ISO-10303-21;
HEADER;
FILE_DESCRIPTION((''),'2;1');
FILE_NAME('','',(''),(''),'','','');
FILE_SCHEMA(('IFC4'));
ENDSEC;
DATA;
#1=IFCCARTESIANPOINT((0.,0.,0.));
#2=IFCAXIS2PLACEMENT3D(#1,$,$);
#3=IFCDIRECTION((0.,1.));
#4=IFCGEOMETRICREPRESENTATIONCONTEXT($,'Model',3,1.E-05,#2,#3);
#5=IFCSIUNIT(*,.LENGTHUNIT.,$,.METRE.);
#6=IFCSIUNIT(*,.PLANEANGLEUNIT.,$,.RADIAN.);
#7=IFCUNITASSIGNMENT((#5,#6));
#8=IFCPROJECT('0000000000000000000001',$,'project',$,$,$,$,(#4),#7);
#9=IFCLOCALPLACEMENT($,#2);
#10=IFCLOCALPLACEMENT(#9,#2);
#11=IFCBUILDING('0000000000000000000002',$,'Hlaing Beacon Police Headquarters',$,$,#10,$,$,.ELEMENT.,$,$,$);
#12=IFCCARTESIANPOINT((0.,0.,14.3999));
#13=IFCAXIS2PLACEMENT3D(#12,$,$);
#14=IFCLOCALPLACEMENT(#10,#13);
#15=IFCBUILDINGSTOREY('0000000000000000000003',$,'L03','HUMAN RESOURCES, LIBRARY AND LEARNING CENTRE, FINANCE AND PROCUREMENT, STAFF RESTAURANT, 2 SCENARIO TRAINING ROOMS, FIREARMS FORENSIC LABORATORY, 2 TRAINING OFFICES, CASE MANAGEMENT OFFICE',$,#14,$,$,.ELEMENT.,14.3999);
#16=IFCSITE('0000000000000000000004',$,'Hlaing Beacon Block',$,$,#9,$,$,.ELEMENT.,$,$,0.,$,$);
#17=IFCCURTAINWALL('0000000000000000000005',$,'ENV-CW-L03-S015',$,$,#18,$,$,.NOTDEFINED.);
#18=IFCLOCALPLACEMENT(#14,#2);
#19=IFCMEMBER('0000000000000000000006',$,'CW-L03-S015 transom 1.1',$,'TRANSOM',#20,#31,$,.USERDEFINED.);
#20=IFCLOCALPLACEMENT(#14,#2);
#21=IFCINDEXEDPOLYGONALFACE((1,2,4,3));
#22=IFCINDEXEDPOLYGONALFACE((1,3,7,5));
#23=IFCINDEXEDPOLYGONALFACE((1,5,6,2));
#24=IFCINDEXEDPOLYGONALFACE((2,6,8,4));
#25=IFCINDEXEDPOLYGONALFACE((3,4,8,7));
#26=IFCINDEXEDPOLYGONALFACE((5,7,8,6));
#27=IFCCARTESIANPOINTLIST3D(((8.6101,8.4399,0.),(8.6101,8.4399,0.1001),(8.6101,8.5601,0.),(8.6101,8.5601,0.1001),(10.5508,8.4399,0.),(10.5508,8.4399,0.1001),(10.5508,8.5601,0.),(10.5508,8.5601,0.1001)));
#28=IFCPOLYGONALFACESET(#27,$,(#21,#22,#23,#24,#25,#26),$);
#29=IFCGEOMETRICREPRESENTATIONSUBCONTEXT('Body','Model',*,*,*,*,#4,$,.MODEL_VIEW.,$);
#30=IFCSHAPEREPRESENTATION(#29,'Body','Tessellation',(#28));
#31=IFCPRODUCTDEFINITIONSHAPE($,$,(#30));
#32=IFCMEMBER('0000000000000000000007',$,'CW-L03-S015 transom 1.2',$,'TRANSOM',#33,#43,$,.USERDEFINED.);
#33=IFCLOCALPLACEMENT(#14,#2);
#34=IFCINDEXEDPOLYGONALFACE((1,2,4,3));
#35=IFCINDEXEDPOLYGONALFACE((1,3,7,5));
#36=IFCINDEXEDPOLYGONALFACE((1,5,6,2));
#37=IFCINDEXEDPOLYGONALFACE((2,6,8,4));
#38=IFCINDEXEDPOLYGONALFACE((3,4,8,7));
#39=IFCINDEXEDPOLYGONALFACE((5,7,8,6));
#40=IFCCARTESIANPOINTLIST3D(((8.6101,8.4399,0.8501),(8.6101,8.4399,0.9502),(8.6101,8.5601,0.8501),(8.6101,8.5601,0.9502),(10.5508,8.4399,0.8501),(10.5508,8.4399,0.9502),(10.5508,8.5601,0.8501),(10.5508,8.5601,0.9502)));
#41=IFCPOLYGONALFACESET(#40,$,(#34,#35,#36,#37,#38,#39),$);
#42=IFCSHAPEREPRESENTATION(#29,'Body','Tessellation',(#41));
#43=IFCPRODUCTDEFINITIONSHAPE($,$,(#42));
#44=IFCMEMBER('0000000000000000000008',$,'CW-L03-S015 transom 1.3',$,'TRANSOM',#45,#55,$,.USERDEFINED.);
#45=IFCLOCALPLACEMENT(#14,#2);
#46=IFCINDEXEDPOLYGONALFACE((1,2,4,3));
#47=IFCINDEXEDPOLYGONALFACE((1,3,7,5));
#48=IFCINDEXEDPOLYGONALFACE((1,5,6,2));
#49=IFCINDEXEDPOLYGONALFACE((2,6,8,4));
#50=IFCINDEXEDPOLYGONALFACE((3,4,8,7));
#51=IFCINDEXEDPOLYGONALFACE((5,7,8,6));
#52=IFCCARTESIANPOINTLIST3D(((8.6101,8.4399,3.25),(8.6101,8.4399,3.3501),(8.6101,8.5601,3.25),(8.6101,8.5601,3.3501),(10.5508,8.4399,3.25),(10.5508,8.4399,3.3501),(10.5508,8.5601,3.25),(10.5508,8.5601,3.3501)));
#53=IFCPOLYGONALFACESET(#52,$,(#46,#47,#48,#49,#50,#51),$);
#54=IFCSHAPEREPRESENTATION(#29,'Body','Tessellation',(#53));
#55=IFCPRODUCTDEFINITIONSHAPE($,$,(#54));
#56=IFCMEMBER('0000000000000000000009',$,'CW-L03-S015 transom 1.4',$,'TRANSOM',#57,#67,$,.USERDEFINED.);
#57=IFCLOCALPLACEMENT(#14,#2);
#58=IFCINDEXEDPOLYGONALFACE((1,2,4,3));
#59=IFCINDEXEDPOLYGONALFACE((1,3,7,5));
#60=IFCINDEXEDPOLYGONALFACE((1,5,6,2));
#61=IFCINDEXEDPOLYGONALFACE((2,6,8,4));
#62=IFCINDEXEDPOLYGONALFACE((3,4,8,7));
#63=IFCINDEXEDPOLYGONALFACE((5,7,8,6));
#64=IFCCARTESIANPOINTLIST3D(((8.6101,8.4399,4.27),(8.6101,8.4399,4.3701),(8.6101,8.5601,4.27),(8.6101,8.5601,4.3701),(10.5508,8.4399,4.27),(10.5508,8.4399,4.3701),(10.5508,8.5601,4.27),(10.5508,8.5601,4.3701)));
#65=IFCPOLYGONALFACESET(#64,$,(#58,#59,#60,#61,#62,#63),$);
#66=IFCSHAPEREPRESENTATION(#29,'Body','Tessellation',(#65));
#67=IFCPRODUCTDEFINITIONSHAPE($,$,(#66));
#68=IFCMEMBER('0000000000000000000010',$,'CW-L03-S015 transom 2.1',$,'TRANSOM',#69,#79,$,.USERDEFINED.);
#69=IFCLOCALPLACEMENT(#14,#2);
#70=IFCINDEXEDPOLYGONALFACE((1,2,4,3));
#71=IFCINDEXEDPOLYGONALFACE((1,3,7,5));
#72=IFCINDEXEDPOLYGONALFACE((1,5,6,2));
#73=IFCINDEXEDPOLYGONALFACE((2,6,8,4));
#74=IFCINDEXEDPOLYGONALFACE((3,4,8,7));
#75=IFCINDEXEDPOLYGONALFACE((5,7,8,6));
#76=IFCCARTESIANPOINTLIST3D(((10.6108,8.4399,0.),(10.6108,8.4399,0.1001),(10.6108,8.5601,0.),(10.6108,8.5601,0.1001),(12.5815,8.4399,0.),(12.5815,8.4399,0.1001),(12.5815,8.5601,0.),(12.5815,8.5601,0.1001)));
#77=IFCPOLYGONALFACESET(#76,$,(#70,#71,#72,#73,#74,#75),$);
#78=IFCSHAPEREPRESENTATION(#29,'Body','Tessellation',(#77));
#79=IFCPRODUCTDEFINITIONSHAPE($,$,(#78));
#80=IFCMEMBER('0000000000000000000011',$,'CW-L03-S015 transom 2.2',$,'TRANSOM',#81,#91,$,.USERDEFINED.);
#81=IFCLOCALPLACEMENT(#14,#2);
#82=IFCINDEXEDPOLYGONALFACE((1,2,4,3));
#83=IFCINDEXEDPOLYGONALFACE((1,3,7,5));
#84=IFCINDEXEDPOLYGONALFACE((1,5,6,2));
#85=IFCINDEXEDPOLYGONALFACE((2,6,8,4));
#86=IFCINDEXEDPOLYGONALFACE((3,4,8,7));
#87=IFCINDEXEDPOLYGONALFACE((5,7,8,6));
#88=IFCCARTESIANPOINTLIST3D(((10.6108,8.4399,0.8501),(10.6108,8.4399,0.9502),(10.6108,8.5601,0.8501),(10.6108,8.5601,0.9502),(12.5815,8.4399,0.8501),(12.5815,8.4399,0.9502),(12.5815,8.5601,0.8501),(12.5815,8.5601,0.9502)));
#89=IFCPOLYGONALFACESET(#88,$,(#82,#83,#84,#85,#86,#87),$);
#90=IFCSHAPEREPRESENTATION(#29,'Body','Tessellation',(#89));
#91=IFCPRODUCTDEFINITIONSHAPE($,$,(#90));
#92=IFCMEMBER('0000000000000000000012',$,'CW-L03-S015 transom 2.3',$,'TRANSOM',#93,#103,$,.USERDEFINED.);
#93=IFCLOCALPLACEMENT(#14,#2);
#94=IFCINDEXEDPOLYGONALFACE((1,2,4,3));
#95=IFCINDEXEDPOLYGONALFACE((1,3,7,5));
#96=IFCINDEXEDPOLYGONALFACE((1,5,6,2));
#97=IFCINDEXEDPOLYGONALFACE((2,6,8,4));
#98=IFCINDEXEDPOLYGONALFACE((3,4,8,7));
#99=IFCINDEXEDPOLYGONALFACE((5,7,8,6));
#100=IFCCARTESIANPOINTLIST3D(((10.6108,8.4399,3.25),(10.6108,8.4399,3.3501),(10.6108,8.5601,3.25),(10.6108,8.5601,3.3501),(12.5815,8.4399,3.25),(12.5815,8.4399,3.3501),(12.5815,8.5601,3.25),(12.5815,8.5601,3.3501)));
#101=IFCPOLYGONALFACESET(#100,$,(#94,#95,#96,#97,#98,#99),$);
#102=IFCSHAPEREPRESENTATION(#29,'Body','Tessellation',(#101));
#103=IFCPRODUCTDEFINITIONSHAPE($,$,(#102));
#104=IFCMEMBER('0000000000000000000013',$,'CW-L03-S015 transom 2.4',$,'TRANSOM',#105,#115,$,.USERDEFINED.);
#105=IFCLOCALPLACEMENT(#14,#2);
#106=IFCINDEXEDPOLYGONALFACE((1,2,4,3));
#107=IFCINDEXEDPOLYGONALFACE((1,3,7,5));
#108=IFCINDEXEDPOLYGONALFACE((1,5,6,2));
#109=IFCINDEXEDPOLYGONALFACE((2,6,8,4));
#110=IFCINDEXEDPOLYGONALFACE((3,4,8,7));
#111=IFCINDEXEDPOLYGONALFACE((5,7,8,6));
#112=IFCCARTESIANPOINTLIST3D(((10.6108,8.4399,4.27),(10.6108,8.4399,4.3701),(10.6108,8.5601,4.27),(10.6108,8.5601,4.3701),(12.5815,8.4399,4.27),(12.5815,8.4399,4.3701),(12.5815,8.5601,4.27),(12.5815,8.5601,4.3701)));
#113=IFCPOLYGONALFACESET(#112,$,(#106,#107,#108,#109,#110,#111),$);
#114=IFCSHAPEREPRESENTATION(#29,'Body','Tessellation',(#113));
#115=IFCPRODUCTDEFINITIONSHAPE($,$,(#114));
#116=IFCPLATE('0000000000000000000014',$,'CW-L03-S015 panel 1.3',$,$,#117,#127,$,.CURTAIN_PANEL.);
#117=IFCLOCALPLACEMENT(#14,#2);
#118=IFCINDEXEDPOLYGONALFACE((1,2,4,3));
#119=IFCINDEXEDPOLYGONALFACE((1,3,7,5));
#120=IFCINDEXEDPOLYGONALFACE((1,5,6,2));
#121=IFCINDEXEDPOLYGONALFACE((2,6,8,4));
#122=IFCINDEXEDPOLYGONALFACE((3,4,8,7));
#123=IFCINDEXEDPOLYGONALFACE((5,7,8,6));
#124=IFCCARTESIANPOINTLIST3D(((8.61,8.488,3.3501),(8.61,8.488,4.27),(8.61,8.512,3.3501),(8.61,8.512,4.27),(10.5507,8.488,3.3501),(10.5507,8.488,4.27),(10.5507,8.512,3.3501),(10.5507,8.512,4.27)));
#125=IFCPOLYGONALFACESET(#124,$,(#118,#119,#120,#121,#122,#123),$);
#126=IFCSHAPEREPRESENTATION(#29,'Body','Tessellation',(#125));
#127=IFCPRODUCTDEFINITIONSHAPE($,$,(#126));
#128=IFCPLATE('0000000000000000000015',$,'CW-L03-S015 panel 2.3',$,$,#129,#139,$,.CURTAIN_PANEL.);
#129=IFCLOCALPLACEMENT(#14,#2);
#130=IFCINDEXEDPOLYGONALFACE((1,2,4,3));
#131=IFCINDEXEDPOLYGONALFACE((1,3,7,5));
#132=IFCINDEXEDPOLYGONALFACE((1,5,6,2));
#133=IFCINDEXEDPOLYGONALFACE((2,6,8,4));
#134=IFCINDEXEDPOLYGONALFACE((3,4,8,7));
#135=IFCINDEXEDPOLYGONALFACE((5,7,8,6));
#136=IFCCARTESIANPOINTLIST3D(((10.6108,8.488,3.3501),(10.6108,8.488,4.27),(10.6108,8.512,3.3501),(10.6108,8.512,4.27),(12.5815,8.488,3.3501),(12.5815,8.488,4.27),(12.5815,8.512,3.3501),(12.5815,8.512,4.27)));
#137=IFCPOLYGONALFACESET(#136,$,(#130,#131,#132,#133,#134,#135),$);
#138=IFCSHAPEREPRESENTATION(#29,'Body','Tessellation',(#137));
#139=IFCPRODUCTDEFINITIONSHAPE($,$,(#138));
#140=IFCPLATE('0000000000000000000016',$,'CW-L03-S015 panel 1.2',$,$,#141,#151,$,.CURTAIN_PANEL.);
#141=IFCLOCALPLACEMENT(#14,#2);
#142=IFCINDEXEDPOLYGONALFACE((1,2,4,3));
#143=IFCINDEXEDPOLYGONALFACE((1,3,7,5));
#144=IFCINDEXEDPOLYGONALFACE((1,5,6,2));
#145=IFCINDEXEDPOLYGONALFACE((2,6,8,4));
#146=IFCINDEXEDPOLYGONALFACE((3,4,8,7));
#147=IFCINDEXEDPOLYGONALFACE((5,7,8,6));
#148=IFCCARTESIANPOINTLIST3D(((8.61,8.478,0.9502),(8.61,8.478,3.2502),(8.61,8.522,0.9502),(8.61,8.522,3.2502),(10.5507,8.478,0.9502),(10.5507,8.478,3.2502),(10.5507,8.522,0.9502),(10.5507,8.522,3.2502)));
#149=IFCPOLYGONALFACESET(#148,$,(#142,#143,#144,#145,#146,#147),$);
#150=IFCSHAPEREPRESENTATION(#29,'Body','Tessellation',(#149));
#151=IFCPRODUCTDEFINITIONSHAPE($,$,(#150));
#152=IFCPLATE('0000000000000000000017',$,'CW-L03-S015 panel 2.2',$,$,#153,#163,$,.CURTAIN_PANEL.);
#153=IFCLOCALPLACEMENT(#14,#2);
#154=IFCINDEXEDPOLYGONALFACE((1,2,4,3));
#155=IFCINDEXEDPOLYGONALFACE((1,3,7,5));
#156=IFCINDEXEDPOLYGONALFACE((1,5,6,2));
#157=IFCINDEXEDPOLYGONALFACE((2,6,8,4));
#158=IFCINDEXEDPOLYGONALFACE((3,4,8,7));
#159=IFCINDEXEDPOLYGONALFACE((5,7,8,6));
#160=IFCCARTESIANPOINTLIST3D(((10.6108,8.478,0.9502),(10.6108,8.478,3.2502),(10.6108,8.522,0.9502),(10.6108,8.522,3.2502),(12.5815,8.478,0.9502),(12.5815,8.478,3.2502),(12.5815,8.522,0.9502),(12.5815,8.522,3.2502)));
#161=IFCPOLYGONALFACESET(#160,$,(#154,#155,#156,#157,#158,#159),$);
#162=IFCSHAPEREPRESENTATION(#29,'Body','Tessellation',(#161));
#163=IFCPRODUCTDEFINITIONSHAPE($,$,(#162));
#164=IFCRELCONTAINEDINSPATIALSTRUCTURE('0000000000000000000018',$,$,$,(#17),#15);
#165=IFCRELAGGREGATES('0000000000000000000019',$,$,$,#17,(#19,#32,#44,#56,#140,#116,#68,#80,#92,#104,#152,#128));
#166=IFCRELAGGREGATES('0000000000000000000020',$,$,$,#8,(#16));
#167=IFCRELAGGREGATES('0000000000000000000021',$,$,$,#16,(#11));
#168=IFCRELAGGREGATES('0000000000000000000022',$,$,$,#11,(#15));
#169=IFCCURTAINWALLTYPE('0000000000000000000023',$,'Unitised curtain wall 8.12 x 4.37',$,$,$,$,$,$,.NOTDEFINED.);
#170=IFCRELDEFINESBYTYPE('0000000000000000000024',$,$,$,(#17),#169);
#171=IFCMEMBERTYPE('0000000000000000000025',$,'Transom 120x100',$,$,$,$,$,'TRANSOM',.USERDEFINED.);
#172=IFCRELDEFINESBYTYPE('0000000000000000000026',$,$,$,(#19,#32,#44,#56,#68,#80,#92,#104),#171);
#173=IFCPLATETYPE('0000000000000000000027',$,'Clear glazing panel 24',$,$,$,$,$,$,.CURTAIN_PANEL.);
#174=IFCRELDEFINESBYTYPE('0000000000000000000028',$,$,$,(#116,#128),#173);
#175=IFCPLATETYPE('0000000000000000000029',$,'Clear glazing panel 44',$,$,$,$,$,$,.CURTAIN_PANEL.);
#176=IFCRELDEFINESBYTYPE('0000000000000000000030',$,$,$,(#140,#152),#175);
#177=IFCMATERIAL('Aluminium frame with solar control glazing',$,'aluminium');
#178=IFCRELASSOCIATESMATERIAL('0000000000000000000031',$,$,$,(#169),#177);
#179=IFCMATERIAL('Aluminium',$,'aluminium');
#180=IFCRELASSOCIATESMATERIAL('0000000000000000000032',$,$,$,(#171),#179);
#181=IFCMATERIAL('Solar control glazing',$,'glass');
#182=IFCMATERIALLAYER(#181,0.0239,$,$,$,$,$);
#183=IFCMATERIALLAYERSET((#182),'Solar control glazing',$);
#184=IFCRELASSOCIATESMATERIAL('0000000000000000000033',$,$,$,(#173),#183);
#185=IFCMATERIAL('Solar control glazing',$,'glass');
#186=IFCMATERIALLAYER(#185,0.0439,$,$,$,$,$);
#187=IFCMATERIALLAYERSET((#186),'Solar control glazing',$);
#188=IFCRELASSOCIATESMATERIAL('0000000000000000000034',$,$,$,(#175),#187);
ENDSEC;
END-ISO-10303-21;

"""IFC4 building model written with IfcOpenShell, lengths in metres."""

from ifc_helpers import new_model, si_unit, direction, frame, origin, origin_2d, place, context, subcontext, project, spatial, rectangle, extrude, material, layer, layer_set, material_profile, profile_set, type_object, element, aggregate, save


model = new_model("IFC4")

# Units and contexts
model_context = context("Model", 3, precision=1e-05, world=origin(), true_north=direction((0.0, 1.0)))
body_context = subcontext(model_context, "Body", "Model", "MODEL_VIEW")
ifc_project = project(units=[si_unit("LENGTHUNIT", "METRE"), si_unit("PLANEANGLEUNIT", "RADIAN")], contexts=[model_context])

# Site, building, storey
site_placement = place(None, origin())
site = spatial("IfcSite", under=ifc_project, at=site_placement, Name="Hlaing Beacon Block", CompositionType="ELEMENT", RefElevation=0.0)
building_placement = place(site_placement, origin())
building = spatial("IfcBuilding", under=site, at=building_placement, Name="Hlaing Beacon Police Headquarters", CompositionType="ELEMENT")
storey_placement = place(building_placement, frame((0.0, 0.0, 14.3999)))
storey = spatial("IfcBuildingStorey", under=building, at=storey_placement, Name="L03", Description="HUMAN RESOURCES, LIBRARY AND LEARNING CENTRE, FINANCE AND PROCUREMENT, STAFF RESTAURANT, 2 SCENARIO TRAINING ROOMS, FIREARMS FORENSIC LABORATORY, 2 TRAINING OFFICES, CASE MANAGEMENT OFFICE", CompositionType="ELEMENT", Elevation=14.3999)

# Curtain wall
ifc_material_1 = material(Name="Aluminium frame with solar control glazing", Category="aluminium")
curtain_wall_type = type_object("IfcCurtainWallType", Name="Unitised curtain wall 8.12 x 4.37", PredefinedType="NOTDEFINED", material=ifc_material_1)
curtain_wall_placement = place(storey_placement, origin())
curtain_wall = element("IfcCurtainWall", 1, at=curtain_wall_placement, inside=storey, type_object=curtain_wall_type, Name="ENV-CW-L03-S015", PredefinedType="NOTDEFINED")

# Members
ifc_material_2 = material(Name="Aluminium", Category="aluminium")
ifc_material_profile_1 = material_profile(ifc_material_2, rectangle(XDim=0.1201, YDim=0.1001, at=origin_2d()), Name="Transom 120x100")
ifc_profile_set_1 = profile_set([ifc_material_profile_1], Name="Aluminium")
member_type_1 = type_object("IfcMemberType", Name="Transom 120x100", ElementType="TRANSOM", PredefinedType="USERDEFINED", material=ifc_profile_set_1)
member_1_placement = place(storey_placement, frame((8.6101, 8.5, 0.05), z_axis=(1.0, 0.0, 0.0), x_axis=(0.0, 1.0, 0.0)))
member_1 = element("IfcMember", 2, at=member_1_placement, type_object=member_type_1, Name="CW-L03-S015 transom 1.1", ObjectType="TRANSOM", PredefinedType="USERDEFINED", context=body_context, shape_type="SweptSolid", body=[
    extrude(rectangle(XDim=0.1201, YDim=0.1001, at=origin_2d()), origin(), (0.0, 0.0, 1.0), 1.9407),
])
member_2_placement = place(storey_placement, frame((8.6101, 8.5, 0.9001), z_axis=(1.0, 0.0, 0.0), x_axis=(0.0, 1.0, 0.0)))
member_2 = element("IfcMember", 3, at=member_2_placement, type_object=member_type_1, Name="CW-L03-S015 transom 1.2", ObjectType="TRANSOM", PredefinedType="USERDEFINED", context=body_context, shape_type="SweptSolid", body=[
    extrude(rectangle(XDim=0.1201, YDim=0.1001, at=origin_2d()), origin(), (0.0, 0.0, 1.0), 1.9407),
])
member_3_placement = place(storey_placement, frame((8.6101, 8.5, 3.3), z_axis=(1.0, 0.0, 0.0), x_axis=(0.0, 1.0, 0.0)))
member_3 = element("IfcMember", 4, at=member_3_placement, type_object=member_type_1, Name="CW-L03-S015 transom 1.3", ObjectType="TRANSOM", PredefinedType="USERDEFINED", context=body_context, shape_type="SweptSolid", body=[
    extrude(rectangle(XDim=0.1201, YDim=0.1001, at=origin_2d()), origin(), (0.0, 0.0, 1.0), 1.9407),
])
member_4_placement = place(storey_placement, frame((8.6101, 8.5, 4.3201), z_axis=(1.0, 0.0, 0.0), x_axis=(0.0, 1.0, 0.0)))
member_4 = element("IfcMember", 5, at=member_4_placement, type_object=member_type_1, Name="CW-L03-S015 transom 1.4", ObjectType="TRANSOM", PredefinedType="USERDEFINED", context=body_context, shape_type="SweptSolid", body=[
    extrude(rectangle(XDim=0.1201, YDim=0.1001, at=origin_2d()), origin(), (0.0, 0.0, 1.0), 1.9407),
])
member_5_placement = place(storey_placement, frame((10.6108, 8.5, 0.05), z_axis=(1.0, 0.0, 0.0), x_axis=(0.0, 1.0, 0.0)))
member_5 = element("IfcMember", 6, at=member_5_placement, type_object=member_type_1, Name="CW-L03-S015 transom 2.1", ObjectType="TRANSOM", PredefinedType="USERDEFINED", context=body_context, shape_type="SweptSolid", body=[
    extrude(rectangle(XDim=0.1201, YDim=0.1001, at=origin_2d()), origin(), (0.0, 0.0, 1.0), 1.9707),
])
member_6_placement = place(storey_placement, frame((10.6108, 8.5, 0.9001), z_axis=(1.0, 0.0, 0.0), x_axis=(0.0, 1.0, 0.0)))
member_6 = element("IfcMember", 7, at=member_6_placement, type_object=member_type_1, Name="CW-L03-S015 transom 2.2", ObjectType="TRANSOM", PredefinedType="USERDEFINED", context=body_context, shape_type="SweptSolid", body=[
    extrude(rectangle(XDim=0.1201, YDim=0.1001, at=origin_2d()), origin(), (0.0, 0.0, 1.0), 1.9707),
])
member_7_placement = place(storey_placement, frame((10.6108, 8.5, 3.3), z_axis=(1.0, 0.0, 0.0), x_axis=(0.0, 1.0, 0.0)))
member_7 = element("IfcMember", 8, at=member_7_placement, type_object=member_type_1, Name="CW-L03-S015 transom 2.3", ObjectType="TRANSOM", PredefinedType="USERDEFINED", context=body_context, shape_type="SweptSolid", body=[
    extrude(rectangle(XDim=0.1201, YDim=0.1001, at=origin_2d()), origin(), (0.0, 0.0, 1.0), 1.9707),
])
member_8_placement = place(storey_placement, frame((10.6108, 8.5, 4.3201), z_axis=(1.0, 0.0, 0.0), x_axis=(0.0, 1.0, 0.0)))
member_8 = element("IfcMember", 9, at=member_8_placement, type_object=member_type_1, Name="CW-L03-S015 transom 2.4", ObjectType="TRANSOM", PredefinedType="USERDEFINED", context=body_context, shape_type="SweptSolid", body=[
    extrude(rectangle(XDim=0.1201, YDim=0.1001, at=origin_2d()), origin(), (0.0, 0.0, 1.0), 1.9707),
])

# Plates
ifc_material_3 = material(Name="Solar control glazing", Category="glass")
ifc_layer_1 = layer(ifc_material_3, 0.0239)
ifc_layer_set_1 = layer_set([ifc_layer_1], Name="Solar control glazing")
plate_type_1 = type_object("IfcPlateType", Name="Clear glazing panel 24", PredefinedType="CURTAIN_PANEL", material=ifc_layer_set_1)
plate_1_placement = place(storey_placement, frame((9.5803, 8.5, 3.3501), z_axis=(0.0, 0.0, 1.0), x_axis=(1.0, 0.0, 0.0)))
plate_1 = element("IfcPlate", 10, at=plate_1_placement, type_object=plate_type_1, Name="CW-L03-S015 panel 1.3", PredefinedType="CURTAIN_PANEL", context=body_context, shape_type="SweptSolid", body=[
    extrude(rectangle(XDim=1.9407, YDim=0.0239, at=origin_2d()), origin(), (0.0, 0.0, 1.0), 0.9199),
])
plate_2_placement = place(storey_placement, frame((11.5962, 8.5, 3.3501), z_axis=(0.0, 0.0, 1.0), x_axis=(1.0, 0.0, 0.0)))
plate_2 = element("IfcPlate", 11, at=plate_2_placement, type_object=plate_type_1, Name="CW-L03-S015 panel 2.3", PredefinedType="CURTAIN_PANEL", context=body_context, shape_type="SweptSolid", body=[
    extrude(rectangle(XDim=1.9707, YDim=0.0239, at=origin_2d()), origin(), (0.0, 0.0, 1.0), 0.9199),
])
ifc_material_4 = material(Name="Solar control glazing", Category="glass")
ifc_layer_2 = layer(ifc_material_4, 0.0439)
ifc_layer_set_2 = layer_set([ifc_layer_2], Name="Solar control glazing")
plate_type_2 = type_object("IfcPlateType", Name="Clear glazing panel 44", PredefinedType="CURTAIN_PANEL", material=ifc_layer_set_2)
plate_3_placement = place(storey_placement, frame((9.5803, 8.5, 0.9502), z_axis=(0.0, 0.0, 1.0), x_axis=(1.0, 0.0, 0.0)))
plate_3 = element("IfcPlate", 12, at=plate_3_placement, type_object=plate_type_2, Name="CW-L03-S015 panel 1.2", PredefinedType="CURTAIN_PANEL", context=body_context, shape_type="SweptSolid", body=[
    extrude(rectangle(XDim=1.9407, YDim=0.0439, at=origin_2d()), origin(), (0.0, 0.0, 1.0), 2.3),
])
plate_4_placement = place(storey_placement, frame((11.5962, 8.5, 0.9502), z_axis=(0.0, 0.0, 1.0), x_axis=(1.0, 0.0, 0.0)))
plate_4 = element("IfcPlate", 13, at=plate_4_placement, type_object=plate_type_2, Name="CW-L03-S015 panel 2.2", PredefinedType="CURTAIN_PANEL", context=body_context, shape_type="SweptSolid", body=[
    extrude(rectangle(XDim=1.9707, YDim=0.0439, at=origin_2d()), origin(), (0.0, 0.0, 1.0), 2.3),
])

aggregate(curtain_wall, [member_1, member_2, member_3, member_4, plate_3, plate_1, member_5, member_6, member_7, member_8, plate_4, plate_2])

save(model, "model.ifc")
